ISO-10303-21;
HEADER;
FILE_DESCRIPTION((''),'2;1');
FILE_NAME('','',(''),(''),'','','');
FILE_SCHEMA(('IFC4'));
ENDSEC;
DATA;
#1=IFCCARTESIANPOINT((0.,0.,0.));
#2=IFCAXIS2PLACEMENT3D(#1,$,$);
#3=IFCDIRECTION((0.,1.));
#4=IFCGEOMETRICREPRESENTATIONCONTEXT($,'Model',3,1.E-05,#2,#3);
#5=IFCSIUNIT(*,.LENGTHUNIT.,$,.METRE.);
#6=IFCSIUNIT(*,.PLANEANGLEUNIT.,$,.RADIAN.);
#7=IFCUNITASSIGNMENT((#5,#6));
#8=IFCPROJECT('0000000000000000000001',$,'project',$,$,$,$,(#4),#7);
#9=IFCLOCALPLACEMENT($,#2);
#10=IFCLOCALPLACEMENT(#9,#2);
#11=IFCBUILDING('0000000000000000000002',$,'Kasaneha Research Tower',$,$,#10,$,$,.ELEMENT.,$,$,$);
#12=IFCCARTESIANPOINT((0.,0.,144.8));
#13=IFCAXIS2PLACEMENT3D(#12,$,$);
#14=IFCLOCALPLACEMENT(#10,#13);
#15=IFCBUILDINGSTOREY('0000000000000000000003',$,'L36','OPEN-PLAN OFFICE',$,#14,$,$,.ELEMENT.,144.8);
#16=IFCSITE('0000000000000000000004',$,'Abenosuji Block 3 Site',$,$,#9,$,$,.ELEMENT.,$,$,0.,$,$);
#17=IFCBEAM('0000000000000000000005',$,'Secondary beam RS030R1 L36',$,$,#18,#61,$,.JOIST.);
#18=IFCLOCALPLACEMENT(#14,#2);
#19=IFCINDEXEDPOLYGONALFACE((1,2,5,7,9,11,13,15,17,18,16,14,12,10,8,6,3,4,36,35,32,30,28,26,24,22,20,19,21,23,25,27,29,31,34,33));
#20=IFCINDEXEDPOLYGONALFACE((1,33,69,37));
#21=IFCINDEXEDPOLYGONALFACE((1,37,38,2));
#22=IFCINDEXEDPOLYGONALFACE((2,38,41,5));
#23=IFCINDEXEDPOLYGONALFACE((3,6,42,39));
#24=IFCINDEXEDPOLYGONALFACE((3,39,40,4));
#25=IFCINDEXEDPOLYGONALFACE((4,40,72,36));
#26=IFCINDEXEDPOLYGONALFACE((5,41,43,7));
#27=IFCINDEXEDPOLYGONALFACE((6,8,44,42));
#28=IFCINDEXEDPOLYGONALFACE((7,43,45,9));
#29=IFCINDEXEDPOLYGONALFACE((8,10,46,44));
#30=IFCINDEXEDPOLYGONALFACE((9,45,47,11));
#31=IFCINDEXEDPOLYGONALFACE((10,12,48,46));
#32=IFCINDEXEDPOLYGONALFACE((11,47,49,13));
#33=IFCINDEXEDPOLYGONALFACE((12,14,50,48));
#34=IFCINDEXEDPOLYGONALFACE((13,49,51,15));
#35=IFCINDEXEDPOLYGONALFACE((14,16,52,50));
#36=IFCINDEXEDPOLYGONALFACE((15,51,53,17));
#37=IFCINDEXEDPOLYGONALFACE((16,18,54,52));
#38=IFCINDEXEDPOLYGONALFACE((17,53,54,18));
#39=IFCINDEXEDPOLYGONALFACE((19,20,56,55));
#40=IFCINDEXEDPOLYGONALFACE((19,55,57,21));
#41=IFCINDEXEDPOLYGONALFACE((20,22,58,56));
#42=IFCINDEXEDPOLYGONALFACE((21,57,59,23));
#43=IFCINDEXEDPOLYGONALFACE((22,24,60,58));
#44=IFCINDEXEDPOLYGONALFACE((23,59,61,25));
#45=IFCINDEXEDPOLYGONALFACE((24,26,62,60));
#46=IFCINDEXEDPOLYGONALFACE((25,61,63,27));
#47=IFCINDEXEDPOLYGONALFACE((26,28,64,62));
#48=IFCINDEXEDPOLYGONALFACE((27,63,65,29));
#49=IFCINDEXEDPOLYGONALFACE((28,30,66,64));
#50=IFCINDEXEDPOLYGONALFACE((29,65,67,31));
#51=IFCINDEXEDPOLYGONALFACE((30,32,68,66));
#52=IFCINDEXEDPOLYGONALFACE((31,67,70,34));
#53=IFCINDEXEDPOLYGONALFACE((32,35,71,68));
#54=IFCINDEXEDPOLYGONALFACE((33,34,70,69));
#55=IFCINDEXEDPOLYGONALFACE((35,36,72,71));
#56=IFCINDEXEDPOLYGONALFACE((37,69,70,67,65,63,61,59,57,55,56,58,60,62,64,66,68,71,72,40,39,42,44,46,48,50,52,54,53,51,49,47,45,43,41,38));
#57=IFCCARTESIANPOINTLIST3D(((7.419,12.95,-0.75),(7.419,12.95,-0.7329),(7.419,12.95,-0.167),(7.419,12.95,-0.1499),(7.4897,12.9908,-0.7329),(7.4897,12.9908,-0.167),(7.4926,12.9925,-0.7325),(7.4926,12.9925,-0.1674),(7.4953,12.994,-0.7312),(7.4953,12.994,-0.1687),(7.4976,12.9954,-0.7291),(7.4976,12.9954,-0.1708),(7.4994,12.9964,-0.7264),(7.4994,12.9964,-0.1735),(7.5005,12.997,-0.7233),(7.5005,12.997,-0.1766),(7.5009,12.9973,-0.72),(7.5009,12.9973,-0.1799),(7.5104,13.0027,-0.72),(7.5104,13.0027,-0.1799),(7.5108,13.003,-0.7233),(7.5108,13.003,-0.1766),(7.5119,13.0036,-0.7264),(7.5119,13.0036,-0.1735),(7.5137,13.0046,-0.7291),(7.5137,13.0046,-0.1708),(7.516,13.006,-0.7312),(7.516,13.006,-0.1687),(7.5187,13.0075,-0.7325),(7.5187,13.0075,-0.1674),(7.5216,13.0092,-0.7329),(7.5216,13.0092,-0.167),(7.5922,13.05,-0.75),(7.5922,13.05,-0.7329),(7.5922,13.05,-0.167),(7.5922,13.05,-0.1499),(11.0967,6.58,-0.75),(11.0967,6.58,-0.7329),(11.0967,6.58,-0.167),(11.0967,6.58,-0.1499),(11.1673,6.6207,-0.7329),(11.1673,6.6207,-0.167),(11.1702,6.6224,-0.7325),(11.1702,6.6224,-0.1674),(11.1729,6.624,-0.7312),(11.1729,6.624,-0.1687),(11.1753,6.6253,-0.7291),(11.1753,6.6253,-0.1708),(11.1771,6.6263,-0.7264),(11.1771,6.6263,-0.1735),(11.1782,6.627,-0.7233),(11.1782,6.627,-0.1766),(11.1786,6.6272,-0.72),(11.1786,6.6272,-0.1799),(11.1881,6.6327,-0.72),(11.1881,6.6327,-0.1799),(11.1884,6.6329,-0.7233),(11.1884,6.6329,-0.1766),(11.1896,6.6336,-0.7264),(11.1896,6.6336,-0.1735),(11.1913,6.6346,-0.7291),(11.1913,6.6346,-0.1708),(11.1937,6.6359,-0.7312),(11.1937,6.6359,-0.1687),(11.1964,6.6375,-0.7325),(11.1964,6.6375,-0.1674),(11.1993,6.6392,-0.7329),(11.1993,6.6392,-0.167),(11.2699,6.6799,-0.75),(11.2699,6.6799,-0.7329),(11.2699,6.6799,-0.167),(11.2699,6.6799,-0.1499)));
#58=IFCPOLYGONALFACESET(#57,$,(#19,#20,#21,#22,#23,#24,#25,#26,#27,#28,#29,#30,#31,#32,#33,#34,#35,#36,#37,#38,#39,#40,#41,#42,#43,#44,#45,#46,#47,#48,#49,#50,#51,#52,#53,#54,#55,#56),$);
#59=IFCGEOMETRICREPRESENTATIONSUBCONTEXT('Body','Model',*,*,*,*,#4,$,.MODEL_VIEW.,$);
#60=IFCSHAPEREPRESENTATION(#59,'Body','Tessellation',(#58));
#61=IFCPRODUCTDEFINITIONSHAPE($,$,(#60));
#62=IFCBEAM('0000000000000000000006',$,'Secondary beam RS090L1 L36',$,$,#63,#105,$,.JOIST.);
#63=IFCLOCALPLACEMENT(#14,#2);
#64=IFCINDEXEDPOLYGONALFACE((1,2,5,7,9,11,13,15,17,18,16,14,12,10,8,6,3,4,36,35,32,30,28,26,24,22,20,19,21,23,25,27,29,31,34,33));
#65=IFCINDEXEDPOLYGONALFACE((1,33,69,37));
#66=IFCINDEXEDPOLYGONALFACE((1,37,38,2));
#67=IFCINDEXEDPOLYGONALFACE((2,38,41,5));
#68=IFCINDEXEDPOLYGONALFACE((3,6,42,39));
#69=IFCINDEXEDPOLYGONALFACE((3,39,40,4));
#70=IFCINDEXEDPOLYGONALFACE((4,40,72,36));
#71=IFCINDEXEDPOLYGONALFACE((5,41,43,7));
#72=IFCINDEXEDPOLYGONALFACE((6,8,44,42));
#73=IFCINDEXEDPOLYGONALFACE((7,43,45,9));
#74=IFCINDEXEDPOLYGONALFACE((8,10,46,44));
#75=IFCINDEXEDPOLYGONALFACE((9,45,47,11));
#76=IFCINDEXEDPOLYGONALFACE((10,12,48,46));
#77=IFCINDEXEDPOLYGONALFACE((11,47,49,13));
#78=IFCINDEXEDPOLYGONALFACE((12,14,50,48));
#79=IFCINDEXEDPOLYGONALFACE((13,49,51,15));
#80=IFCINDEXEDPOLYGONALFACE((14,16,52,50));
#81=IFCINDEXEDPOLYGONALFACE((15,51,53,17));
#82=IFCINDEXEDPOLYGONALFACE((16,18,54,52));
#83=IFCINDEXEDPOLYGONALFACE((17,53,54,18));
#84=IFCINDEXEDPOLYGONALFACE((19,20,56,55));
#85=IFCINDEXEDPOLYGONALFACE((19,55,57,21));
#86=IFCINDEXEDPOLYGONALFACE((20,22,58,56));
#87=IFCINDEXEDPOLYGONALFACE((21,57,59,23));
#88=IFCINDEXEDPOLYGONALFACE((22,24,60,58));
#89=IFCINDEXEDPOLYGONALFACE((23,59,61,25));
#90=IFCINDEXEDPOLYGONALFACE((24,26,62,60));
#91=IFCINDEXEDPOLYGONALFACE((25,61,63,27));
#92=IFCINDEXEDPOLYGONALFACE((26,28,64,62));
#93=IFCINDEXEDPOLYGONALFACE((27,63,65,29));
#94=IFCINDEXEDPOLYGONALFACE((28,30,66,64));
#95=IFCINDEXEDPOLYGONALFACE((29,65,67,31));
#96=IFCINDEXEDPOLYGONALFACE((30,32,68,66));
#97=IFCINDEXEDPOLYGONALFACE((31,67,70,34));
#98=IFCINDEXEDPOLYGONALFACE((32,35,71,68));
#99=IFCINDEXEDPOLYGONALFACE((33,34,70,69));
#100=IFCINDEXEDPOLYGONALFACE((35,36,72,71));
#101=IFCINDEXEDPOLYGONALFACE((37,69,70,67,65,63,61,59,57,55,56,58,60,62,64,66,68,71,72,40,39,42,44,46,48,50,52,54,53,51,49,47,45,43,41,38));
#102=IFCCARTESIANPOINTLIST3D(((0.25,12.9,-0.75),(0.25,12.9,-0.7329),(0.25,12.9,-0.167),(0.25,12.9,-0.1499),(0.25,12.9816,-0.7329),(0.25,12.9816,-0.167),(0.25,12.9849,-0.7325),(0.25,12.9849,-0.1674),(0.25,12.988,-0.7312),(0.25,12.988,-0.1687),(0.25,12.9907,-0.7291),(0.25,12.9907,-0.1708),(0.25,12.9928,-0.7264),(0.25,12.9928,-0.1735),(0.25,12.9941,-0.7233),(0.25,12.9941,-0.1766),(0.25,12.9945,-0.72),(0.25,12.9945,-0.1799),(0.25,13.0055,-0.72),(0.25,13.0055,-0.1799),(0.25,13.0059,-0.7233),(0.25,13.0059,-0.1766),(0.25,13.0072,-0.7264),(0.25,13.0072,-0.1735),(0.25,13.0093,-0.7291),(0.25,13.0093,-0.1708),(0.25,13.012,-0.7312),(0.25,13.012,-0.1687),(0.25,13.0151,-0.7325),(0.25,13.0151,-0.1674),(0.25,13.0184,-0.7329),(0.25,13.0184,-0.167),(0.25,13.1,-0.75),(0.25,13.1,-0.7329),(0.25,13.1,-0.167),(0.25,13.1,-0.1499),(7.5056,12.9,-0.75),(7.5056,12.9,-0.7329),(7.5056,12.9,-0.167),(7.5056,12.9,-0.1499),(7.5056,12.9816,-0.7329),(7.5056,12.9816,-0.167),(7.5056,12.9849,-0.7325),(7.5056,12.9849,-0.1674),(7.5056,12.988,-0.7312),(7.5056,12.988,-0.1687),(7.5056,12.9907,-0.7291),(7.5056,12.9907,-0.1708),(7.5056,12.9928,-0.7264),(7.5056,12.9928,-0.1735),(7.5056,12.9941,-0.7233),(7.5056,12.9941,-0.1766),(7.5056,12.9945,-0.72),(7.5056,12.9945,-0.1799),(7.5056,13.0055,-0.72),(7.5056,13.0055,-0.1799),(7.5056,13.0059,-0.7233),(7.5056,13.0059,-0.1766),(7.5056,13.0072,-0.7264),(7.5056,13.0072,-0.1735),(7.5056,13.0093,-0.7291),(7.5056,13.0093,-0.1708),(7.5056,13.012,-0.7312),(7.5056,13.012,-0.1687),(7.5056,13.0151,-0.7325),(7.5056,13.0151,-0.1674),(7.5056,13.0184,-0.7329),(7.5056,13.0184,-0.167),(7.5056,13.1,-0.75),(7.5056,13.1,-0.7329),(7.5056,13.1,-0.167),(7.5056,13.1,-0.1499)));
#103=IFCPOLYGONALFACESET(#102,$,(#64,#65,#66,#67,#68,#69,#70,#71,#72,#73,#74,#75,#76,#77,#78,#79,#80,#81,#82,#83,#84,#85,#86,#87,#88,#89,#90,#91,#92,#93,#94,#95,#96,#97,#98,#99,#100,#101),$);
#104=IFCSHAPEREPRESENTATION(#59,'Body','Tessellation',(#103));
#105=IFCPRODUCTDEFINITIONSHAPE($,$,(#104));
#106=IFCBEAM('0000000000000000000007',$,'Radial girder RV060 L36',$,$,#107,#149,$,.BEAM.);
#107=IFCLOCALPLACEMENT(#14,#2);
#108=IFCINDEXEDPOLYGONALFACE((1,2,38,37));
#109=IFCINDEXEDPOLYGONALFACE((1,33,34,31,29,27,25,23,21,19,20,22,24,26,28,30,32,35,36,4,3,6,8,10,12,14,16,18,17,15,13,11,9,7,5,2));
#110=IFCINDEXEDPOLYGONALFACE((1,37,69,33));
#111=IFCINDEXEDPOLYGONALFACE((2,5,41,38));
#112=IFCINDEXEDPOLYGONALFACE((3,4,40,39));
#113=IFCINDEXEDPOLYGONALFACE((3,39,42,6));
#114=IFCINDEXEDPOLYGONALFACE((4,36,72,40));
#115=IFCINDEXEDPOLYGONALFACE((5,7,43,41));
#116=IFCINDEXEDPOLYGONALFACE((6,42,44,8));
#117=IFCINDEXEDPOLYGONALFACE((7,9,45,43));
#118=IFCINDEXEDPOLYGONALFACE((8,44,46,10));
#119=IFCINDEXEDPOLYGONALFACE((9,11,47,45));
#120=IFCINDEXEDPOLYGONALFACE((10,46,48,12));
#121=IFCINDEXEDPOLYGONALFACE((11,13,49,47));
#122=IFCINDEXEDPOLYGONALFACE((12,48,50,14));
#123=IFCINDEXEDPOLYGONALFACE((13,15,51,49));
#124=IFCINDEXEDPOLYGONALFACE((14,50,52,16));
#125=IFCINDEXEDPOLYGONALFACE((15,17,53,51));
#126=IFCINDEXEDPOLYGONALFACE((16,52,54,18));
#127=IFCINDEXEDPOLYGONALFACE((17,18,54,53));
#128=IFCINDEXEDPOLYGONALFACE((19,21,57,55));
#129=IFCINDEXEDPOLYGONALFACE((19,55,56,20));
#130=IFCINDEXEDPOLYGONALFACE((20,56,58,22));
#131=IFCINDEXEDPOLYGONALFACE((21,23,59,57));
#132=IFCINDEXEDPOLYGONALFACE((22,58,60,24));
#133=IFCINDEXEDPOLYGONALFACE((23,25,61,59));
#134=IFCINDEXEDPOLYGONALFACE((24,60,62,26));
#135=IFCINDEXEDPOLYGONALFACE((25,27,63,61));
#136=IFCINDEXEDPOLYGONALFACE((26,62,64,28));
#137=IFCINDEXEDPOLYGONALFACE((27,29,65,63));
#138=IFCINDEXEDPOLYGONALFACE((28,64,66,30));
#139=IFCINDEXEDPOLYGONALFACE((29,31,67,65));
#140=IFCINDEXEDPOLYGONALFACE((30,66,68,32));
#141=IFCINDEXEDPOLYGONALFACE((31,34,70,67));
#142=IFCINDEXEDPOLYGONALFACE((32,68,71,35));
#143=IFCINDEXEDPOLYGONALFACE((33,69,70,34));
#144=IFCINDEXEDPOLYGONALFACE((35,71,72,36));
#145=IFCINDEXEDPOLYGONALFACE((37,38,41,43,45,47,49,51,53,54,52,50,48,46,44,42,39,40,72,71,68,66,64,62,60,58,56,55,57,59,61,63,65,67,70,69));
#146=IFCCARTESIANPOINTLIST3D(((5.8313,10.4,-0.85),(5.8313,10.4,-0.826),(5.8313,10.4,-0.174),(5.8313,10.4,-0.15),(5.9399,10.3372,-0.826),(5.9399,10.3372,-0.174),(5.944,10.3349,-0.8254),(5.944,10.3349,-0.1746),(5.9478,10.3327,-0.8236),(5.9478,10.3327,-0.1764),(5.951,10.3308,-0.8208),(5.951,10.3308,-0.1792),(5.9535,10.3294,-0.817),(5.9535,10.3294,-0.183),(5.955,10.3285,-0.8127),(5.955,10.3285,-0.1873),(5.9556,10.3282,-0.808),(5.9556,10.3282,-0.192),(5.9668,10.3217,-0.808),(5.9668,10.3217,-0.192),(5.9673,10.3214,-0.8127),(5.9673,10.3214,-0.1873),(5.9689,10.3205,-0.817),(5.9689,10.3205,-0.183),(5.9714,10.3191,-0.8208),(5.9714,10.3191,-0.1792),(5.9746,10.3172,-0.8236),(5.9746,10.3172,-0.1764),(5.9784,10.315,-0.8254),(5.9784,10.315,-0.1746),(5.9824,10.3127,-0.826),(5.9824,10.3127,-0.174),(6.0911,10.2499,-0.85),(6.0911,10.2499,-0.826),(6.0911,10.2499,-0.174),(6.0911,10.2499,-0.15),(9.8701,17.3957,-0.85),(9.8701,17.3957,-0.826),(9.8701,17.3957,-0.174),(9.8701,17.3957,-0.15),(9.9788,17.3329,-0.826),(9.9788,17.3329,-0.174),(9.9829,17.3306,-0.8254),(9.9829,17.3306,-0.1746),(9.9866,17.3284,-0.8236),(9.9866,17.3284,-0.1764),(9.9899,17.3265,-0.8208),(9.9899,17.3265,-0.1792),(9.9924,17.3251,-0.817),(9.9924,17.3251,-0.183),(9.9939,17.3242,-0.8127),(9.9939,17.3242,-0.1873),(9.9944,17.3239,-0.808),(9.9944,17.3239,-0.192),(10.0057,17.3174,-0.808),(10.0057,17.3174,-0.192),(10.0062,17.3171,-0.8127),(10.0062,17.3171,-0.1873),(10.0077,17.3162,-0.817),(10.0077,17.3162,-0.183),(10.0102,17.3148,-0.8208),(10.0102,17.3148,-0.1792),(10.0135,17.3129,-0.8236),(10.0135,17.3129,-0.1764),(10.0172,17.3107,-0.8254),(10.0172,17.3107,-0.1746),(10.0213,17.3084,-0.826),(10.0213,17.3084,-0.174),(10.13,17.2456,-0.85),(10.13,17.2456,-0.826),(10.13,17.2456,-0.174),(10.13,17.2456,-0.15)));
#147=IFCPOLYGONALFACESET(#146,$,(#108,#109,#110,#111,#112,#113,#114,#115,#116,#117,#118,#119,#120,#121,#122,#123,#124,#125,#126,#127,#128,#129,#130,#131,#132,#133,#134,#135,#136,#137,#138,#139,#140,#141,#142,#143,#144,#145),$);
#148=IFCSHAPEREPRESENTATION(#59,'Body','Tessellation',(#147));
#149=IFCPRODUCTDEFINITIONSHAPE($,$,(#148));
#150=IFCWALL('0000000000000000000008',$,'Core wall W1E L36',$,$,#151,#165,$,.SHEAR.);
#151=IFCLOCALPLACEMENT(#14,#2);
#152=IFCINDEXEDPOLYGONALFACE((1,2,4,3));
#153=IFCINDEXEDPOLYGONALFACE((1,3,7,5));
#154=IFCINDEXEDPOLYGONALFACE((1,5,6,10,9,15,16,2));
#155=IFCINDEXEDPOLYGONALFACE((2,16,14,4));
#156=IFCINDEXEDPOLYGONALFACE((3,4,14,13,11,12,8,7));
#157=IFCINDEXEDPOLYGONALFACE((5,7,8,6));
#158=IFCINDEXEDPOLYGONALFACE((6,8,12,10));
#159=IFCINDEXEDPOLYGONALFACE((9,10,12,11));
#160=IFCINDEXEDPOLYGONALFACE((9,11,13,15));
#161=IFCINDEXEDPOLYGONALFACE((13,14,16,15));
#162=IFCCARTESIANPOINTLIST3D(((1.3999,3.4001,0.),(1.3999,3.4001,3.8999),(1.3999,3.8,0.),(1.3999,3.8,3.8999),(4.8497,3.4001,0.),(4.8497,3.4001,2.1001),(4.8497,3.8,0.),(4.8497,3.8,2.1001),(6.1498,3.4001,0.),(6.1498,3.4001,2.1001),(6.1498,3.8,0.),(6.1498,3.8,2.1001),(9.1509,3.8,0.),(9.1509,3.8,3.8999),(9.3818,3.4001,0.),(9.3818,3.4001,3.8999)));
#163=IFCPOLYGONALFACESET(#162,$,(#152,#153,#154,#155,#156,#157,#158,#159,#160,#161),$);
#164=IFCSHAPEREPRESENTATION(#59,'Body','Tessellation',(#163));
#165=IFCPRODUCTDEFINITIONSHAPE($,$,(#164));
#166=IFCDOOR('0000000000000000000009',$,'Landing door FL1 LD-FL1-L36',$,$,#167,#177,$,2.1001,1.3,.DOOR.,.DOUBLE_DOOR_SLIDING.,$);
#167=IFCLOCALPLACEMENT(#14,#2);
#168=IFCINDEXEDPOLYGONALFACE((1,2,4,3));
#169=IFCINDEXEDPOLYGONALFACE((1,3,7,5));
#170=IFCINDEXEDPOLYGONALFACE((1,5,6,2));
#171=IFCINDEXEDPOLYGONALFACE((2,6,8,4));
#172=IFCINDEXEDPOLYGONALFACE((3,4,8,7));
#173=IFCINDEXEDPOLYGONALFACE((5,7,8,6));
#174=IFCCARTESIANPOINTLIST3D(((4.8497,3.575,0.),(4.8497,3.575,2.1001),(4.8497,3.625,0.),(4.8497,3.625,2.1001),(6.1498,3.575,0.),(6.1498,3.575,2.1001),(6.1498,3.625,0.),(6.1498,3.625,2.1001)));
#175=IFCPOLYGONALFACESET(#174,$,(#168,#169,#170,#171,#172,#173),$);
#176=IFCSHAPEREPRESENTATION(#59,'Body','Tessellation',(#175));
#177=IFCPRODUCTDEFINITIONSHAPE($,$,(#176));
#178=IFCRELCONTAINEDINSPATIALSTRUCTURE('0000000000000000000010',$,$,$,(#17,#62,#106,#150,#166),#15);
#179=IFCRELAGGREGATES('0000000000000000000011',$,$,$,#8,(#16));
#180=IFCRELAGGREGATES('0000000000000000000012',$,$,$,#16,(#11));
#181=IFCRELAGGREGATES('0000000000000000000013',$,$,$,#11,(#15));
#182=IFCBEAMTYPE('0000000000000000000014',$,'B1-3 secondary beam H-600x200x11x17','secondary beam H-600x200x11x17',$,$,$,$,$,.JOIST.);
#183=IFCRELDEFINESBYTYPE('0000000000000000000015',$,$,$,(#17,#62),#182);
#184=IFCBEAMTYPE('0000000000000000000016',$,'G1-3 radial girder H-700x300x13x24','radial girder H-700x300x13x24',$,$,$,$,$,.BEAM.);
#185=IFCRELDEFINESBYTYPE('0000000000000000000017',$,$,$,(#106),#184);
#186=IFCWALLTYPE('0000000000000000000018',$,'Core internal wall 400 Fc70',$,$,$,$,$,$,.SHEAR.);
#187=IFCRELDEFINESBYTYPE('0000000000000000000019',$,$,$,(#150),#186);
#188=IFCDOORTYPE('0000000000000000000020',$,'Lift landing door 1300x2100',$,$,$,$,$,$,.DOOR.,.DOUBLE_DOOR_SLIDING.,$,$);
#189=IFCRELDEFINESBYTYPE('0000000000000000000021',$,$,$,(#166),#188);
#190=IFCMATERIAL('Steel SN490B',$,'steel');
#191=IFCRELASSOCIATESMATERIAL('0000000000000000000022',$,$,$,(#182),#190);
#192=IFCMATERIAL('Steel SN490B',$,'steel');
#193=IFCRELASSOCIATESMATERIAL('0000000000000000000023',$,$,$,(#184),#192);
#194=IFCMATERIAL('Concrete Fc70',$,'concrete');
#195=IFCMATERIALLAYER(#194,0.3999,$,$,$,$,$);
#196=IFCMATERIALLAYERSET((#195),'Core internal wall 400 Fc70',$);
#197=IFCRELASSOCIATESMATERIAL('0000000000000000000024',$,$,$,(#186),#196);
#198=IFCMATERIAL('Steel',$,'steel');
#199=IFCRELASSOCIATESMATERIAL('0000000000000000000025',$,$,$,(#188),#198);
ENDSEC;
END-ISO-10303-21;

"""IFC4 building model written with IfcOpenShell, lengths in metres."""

from ifc_helpers import new_model, si_unit, direction, frame, frame_2d, origin, origin_2d, place, context, subcontext, project, spatial, polyline, rectangle, i_section, outline, extrude, material, layer, layer_set, material_profile, profile_set, type_object, element, fill, save


model = new_model("IFC4")

# Units and contexts
model_context = context("Model", 3, precision=1e-05, world=origin(), true_north=direction((0.0, 1.0)))
body_context = subcontext(model_context, "Body", "Model", "MODEL_VIEW")
ifc_project = project(units=[si_unit("LENGTHUNIT", "METRE"), si_unit("PLANEANGLEUNIT", "RADIAN")], contexts=[model_context])

# Site, building, storey
site_placement = place(None, origin())
site = spatial("IfcSite", under=ifc_project, at=site_placement, Name="Abenosuji Block 3 Site", CompositionType="ELEMENT", RefElevation=0.0)
building_placement = place(site_placement, origin())
building = spatial("IfcBuilding", under=site, at=building_placement, Name="Kasaneha Research Tower", CompositionType="ELEMENT")
storey_placement = place(building_placement, frame((0.0, 0.0, 144.8)))
storey = spatial("IfcBuildingStorey", under=building, at=storey_placement, Name="L36", Description="OPEN-PLAN OFFICE", CompositionType="ELEMENT", Elevation=144.8)

# Beams
ifc_material_1 = material(Name="Steel SN490B", Category="steel")
ifc_material_profile_1 = material_profile(ifc_material_1, i_section(OverallWidth=0.2, OverallDepth=0.6001, WebThickness=0.011, FlangeThickness=0.0171, FilletRadius=0.0129, at=origin_2d()), Name="H-600x200x11x17")
ifc_profile_set_1 = profile_set([ifc_material_profile_1], Name="Steel SN490B")
beam_type_1 = type_object("IfcBeamType", Name="B1-3 secondary beam H-600x200x11x17", Description="secondary beam H-600x200x11x17", PredefinedType="JOIST", material=ifc_profile_set_1)
beam_1_placement = place(storey_placement, frame((7.5056, 13.0, -0.45), z_axis=(0.499994, -0.866029, 0.0), x_axis=(0.866029, 0.499994, 0.0)))
element("IfcBeam", 1, at=beam_1_placement, inside=storey, type_object=beam_type_1, Name="Secondary beam RS030R1 L36", PredefinedType="JOIST", context=body_context, shape_type="SweptSolid", body=[
    extrude(i_section(OverallWidth=0.2, OverallDepth=0.6001, WebThickness=0.011, FlangeThickness=0.0171, FilletRadius=0.0129, at=origin_2d()), origin(), (0.0, 0.0, 1.0), 7.3555),
])
beam_2_placement = place(storey_placement, frame((7.5056, 13.0, -0.45), z_axis=(-1.0, 0.0, 0.0), x_axis=(0.0, -1.0, 0.0)))
element("IfcBeam", 2, at=beam_2_placement, inside=storey, type_object=beam_type_1, Name="Secondary beam RS090L1 L36", PredefinedType="JOIST", context=body_context, shape_type="SweptSolid", body=[
    extrude(i_section(OverallWidth=0.2, OverallDepth=0.6001, WebThickness=0.011, FlangeThickness=0.0171, FilletRadius=0.0129, at=origin_2d()), origin(), (0.0, 0.0, 1.0), 7.2556),
])
ifc_material_2 = material(Name="Steel SN490B", Category="steel")
ifc_material_profile_2 = material_profile(ifc_material_2, i_section(OverallWidth=0.3, OverallDepth=0.7, WebThickness=0.0129, FlangeThickness=0.0239, FilletRadius=0.0181, at=origin_2d()), Name="H-700x300x13x24")
ifc_profile_set_2 = profile_set([ifc_material_profile_2], Name="Steel SN490B")
beam_type_2 = type_object("IfcBeamType", Name="G1-3 radial girder H-700x300x13x24", Description="radial girder H-700x300x13x24", PredefinedType="BEAM", material=ifc_profile_set_2)
beam_3_placement = place(storey_placement, frame((5.9612, 10.325, -0.5), z_axis=(0.499991, 0.866031, 0.0), x_axis=(-0.866031, 0.499991, 0.0)))
element("IfcBeam", 3, at=beam_3_placement, inside=storey, type_object=beam_type_2, Name="Radial girder RV060 L36", PredefinedType="BEAM", context=body_context, shape_type="SweptSolid", body=[
    extrude(i_section(OverallWidth=0.3, OverallDepth=0.7, WebThickness=0.0129, FlangeThickness=0.0239, FilletRadius=0.0181, at=origin_2d()), origin(), (0.0, 0.0, 1.0), 8.0779),
])

# Wall, opening, door
ifc_material_3 = material(Name="Concrete Fc70", Category="concrete")
ifc_layer_1 = layer(ifc_material_3, 0.3999)
ifc_layer_set_1 = layer_set([ifc_layer_1], Name="Core internal wall 400 Fc70")
wall_type_1 = type_object("IfcWallType", Name="Core internal wall 400 Fc70", PredefinedType="SHEAR", material=ifc_layer_set_1)
wall_1_placement = place(storey_placement, frame((1.3999, 3.6001, 0.0), z_axis=(0.0, 0.0, 1.0), x_axis=(1.0, 0.0, 0.0)))
wall_1 = element("IfcWall", 4, at=wall_1_placement, inside=storey, type_object=wall_type_1, Name="Core wall W1E L36", PredefinedType="SHEAR", context=body_context, shape_type="SweptSolid", body=[
    extrude(outline(polyline([(0.0, -0.2), (3.45, -0.2), (4.75, -0.2), (7.9819, -0.2), (7.751, 0.2), (4.75, 0.2), (3.45, 0.2), (0.0, 0.2), (0.0, -0.2)])), origin(), (0.0, 0.0, 1.0), 3.8999),
])
opening_1_placement = place(wall_1_placement, frame((3.45, 0.0, 0.0)))
opening_1 = element("IfcOpeningElement", 5, at=opening_1_placement, cuts=wall_1, PredefinedType="OPENING", context=body_context, shape_type="SweptSolid", body=[
    extrude(rectangle(XDim=1.3, YDim=2.1001, at=frame_2d((0.6499, 1.05))), frame((0.0, 0.21, 0.0), z_axis=(0.0, -1.0, 0.0), x_axis=(1.0, 0.0, 0.0)), (0.0, 0.0, 1.0), 0.4199),
])
ifc_material_4 = material(Name="Steel", Category="steel")
door_type_1 = type_object("IfcDoorType", Name="Lift landing door 1300x2100", OperationType="DOUBLE_DOOR_SLIDING", PredefinedType="DOOR", material=ifc_material_4)
door_1_placement = place(opening_1_placement, origin())
door_1 = element("IfcDoor", 6, at=door_1_placement, inside=storey, type_object=door_type_1, Name="Landing door FL1 LD-FL1-L36", OperationType="DOUBLE_DOOR_SLIDING", OverallHeight=2.1001, OverallWidth=1.3, PredefinedType="DOOR", context=body_context, shape_type="SweptSolid", body=[
    extrude(rectangle(XDim=1.3, YDim=2.1001, at=frame_2d((0.6499, 1.05))), frame((0.0, 0.0249, 0.0), z_axis=(0.0, -1.0, 0.0), x_axis=(1.0, 0.0, 0.0)), (0.0, 0.0, 1.0), 0.05),
])
fill(opening_1, door_1)

save(model, "model.ifc")
